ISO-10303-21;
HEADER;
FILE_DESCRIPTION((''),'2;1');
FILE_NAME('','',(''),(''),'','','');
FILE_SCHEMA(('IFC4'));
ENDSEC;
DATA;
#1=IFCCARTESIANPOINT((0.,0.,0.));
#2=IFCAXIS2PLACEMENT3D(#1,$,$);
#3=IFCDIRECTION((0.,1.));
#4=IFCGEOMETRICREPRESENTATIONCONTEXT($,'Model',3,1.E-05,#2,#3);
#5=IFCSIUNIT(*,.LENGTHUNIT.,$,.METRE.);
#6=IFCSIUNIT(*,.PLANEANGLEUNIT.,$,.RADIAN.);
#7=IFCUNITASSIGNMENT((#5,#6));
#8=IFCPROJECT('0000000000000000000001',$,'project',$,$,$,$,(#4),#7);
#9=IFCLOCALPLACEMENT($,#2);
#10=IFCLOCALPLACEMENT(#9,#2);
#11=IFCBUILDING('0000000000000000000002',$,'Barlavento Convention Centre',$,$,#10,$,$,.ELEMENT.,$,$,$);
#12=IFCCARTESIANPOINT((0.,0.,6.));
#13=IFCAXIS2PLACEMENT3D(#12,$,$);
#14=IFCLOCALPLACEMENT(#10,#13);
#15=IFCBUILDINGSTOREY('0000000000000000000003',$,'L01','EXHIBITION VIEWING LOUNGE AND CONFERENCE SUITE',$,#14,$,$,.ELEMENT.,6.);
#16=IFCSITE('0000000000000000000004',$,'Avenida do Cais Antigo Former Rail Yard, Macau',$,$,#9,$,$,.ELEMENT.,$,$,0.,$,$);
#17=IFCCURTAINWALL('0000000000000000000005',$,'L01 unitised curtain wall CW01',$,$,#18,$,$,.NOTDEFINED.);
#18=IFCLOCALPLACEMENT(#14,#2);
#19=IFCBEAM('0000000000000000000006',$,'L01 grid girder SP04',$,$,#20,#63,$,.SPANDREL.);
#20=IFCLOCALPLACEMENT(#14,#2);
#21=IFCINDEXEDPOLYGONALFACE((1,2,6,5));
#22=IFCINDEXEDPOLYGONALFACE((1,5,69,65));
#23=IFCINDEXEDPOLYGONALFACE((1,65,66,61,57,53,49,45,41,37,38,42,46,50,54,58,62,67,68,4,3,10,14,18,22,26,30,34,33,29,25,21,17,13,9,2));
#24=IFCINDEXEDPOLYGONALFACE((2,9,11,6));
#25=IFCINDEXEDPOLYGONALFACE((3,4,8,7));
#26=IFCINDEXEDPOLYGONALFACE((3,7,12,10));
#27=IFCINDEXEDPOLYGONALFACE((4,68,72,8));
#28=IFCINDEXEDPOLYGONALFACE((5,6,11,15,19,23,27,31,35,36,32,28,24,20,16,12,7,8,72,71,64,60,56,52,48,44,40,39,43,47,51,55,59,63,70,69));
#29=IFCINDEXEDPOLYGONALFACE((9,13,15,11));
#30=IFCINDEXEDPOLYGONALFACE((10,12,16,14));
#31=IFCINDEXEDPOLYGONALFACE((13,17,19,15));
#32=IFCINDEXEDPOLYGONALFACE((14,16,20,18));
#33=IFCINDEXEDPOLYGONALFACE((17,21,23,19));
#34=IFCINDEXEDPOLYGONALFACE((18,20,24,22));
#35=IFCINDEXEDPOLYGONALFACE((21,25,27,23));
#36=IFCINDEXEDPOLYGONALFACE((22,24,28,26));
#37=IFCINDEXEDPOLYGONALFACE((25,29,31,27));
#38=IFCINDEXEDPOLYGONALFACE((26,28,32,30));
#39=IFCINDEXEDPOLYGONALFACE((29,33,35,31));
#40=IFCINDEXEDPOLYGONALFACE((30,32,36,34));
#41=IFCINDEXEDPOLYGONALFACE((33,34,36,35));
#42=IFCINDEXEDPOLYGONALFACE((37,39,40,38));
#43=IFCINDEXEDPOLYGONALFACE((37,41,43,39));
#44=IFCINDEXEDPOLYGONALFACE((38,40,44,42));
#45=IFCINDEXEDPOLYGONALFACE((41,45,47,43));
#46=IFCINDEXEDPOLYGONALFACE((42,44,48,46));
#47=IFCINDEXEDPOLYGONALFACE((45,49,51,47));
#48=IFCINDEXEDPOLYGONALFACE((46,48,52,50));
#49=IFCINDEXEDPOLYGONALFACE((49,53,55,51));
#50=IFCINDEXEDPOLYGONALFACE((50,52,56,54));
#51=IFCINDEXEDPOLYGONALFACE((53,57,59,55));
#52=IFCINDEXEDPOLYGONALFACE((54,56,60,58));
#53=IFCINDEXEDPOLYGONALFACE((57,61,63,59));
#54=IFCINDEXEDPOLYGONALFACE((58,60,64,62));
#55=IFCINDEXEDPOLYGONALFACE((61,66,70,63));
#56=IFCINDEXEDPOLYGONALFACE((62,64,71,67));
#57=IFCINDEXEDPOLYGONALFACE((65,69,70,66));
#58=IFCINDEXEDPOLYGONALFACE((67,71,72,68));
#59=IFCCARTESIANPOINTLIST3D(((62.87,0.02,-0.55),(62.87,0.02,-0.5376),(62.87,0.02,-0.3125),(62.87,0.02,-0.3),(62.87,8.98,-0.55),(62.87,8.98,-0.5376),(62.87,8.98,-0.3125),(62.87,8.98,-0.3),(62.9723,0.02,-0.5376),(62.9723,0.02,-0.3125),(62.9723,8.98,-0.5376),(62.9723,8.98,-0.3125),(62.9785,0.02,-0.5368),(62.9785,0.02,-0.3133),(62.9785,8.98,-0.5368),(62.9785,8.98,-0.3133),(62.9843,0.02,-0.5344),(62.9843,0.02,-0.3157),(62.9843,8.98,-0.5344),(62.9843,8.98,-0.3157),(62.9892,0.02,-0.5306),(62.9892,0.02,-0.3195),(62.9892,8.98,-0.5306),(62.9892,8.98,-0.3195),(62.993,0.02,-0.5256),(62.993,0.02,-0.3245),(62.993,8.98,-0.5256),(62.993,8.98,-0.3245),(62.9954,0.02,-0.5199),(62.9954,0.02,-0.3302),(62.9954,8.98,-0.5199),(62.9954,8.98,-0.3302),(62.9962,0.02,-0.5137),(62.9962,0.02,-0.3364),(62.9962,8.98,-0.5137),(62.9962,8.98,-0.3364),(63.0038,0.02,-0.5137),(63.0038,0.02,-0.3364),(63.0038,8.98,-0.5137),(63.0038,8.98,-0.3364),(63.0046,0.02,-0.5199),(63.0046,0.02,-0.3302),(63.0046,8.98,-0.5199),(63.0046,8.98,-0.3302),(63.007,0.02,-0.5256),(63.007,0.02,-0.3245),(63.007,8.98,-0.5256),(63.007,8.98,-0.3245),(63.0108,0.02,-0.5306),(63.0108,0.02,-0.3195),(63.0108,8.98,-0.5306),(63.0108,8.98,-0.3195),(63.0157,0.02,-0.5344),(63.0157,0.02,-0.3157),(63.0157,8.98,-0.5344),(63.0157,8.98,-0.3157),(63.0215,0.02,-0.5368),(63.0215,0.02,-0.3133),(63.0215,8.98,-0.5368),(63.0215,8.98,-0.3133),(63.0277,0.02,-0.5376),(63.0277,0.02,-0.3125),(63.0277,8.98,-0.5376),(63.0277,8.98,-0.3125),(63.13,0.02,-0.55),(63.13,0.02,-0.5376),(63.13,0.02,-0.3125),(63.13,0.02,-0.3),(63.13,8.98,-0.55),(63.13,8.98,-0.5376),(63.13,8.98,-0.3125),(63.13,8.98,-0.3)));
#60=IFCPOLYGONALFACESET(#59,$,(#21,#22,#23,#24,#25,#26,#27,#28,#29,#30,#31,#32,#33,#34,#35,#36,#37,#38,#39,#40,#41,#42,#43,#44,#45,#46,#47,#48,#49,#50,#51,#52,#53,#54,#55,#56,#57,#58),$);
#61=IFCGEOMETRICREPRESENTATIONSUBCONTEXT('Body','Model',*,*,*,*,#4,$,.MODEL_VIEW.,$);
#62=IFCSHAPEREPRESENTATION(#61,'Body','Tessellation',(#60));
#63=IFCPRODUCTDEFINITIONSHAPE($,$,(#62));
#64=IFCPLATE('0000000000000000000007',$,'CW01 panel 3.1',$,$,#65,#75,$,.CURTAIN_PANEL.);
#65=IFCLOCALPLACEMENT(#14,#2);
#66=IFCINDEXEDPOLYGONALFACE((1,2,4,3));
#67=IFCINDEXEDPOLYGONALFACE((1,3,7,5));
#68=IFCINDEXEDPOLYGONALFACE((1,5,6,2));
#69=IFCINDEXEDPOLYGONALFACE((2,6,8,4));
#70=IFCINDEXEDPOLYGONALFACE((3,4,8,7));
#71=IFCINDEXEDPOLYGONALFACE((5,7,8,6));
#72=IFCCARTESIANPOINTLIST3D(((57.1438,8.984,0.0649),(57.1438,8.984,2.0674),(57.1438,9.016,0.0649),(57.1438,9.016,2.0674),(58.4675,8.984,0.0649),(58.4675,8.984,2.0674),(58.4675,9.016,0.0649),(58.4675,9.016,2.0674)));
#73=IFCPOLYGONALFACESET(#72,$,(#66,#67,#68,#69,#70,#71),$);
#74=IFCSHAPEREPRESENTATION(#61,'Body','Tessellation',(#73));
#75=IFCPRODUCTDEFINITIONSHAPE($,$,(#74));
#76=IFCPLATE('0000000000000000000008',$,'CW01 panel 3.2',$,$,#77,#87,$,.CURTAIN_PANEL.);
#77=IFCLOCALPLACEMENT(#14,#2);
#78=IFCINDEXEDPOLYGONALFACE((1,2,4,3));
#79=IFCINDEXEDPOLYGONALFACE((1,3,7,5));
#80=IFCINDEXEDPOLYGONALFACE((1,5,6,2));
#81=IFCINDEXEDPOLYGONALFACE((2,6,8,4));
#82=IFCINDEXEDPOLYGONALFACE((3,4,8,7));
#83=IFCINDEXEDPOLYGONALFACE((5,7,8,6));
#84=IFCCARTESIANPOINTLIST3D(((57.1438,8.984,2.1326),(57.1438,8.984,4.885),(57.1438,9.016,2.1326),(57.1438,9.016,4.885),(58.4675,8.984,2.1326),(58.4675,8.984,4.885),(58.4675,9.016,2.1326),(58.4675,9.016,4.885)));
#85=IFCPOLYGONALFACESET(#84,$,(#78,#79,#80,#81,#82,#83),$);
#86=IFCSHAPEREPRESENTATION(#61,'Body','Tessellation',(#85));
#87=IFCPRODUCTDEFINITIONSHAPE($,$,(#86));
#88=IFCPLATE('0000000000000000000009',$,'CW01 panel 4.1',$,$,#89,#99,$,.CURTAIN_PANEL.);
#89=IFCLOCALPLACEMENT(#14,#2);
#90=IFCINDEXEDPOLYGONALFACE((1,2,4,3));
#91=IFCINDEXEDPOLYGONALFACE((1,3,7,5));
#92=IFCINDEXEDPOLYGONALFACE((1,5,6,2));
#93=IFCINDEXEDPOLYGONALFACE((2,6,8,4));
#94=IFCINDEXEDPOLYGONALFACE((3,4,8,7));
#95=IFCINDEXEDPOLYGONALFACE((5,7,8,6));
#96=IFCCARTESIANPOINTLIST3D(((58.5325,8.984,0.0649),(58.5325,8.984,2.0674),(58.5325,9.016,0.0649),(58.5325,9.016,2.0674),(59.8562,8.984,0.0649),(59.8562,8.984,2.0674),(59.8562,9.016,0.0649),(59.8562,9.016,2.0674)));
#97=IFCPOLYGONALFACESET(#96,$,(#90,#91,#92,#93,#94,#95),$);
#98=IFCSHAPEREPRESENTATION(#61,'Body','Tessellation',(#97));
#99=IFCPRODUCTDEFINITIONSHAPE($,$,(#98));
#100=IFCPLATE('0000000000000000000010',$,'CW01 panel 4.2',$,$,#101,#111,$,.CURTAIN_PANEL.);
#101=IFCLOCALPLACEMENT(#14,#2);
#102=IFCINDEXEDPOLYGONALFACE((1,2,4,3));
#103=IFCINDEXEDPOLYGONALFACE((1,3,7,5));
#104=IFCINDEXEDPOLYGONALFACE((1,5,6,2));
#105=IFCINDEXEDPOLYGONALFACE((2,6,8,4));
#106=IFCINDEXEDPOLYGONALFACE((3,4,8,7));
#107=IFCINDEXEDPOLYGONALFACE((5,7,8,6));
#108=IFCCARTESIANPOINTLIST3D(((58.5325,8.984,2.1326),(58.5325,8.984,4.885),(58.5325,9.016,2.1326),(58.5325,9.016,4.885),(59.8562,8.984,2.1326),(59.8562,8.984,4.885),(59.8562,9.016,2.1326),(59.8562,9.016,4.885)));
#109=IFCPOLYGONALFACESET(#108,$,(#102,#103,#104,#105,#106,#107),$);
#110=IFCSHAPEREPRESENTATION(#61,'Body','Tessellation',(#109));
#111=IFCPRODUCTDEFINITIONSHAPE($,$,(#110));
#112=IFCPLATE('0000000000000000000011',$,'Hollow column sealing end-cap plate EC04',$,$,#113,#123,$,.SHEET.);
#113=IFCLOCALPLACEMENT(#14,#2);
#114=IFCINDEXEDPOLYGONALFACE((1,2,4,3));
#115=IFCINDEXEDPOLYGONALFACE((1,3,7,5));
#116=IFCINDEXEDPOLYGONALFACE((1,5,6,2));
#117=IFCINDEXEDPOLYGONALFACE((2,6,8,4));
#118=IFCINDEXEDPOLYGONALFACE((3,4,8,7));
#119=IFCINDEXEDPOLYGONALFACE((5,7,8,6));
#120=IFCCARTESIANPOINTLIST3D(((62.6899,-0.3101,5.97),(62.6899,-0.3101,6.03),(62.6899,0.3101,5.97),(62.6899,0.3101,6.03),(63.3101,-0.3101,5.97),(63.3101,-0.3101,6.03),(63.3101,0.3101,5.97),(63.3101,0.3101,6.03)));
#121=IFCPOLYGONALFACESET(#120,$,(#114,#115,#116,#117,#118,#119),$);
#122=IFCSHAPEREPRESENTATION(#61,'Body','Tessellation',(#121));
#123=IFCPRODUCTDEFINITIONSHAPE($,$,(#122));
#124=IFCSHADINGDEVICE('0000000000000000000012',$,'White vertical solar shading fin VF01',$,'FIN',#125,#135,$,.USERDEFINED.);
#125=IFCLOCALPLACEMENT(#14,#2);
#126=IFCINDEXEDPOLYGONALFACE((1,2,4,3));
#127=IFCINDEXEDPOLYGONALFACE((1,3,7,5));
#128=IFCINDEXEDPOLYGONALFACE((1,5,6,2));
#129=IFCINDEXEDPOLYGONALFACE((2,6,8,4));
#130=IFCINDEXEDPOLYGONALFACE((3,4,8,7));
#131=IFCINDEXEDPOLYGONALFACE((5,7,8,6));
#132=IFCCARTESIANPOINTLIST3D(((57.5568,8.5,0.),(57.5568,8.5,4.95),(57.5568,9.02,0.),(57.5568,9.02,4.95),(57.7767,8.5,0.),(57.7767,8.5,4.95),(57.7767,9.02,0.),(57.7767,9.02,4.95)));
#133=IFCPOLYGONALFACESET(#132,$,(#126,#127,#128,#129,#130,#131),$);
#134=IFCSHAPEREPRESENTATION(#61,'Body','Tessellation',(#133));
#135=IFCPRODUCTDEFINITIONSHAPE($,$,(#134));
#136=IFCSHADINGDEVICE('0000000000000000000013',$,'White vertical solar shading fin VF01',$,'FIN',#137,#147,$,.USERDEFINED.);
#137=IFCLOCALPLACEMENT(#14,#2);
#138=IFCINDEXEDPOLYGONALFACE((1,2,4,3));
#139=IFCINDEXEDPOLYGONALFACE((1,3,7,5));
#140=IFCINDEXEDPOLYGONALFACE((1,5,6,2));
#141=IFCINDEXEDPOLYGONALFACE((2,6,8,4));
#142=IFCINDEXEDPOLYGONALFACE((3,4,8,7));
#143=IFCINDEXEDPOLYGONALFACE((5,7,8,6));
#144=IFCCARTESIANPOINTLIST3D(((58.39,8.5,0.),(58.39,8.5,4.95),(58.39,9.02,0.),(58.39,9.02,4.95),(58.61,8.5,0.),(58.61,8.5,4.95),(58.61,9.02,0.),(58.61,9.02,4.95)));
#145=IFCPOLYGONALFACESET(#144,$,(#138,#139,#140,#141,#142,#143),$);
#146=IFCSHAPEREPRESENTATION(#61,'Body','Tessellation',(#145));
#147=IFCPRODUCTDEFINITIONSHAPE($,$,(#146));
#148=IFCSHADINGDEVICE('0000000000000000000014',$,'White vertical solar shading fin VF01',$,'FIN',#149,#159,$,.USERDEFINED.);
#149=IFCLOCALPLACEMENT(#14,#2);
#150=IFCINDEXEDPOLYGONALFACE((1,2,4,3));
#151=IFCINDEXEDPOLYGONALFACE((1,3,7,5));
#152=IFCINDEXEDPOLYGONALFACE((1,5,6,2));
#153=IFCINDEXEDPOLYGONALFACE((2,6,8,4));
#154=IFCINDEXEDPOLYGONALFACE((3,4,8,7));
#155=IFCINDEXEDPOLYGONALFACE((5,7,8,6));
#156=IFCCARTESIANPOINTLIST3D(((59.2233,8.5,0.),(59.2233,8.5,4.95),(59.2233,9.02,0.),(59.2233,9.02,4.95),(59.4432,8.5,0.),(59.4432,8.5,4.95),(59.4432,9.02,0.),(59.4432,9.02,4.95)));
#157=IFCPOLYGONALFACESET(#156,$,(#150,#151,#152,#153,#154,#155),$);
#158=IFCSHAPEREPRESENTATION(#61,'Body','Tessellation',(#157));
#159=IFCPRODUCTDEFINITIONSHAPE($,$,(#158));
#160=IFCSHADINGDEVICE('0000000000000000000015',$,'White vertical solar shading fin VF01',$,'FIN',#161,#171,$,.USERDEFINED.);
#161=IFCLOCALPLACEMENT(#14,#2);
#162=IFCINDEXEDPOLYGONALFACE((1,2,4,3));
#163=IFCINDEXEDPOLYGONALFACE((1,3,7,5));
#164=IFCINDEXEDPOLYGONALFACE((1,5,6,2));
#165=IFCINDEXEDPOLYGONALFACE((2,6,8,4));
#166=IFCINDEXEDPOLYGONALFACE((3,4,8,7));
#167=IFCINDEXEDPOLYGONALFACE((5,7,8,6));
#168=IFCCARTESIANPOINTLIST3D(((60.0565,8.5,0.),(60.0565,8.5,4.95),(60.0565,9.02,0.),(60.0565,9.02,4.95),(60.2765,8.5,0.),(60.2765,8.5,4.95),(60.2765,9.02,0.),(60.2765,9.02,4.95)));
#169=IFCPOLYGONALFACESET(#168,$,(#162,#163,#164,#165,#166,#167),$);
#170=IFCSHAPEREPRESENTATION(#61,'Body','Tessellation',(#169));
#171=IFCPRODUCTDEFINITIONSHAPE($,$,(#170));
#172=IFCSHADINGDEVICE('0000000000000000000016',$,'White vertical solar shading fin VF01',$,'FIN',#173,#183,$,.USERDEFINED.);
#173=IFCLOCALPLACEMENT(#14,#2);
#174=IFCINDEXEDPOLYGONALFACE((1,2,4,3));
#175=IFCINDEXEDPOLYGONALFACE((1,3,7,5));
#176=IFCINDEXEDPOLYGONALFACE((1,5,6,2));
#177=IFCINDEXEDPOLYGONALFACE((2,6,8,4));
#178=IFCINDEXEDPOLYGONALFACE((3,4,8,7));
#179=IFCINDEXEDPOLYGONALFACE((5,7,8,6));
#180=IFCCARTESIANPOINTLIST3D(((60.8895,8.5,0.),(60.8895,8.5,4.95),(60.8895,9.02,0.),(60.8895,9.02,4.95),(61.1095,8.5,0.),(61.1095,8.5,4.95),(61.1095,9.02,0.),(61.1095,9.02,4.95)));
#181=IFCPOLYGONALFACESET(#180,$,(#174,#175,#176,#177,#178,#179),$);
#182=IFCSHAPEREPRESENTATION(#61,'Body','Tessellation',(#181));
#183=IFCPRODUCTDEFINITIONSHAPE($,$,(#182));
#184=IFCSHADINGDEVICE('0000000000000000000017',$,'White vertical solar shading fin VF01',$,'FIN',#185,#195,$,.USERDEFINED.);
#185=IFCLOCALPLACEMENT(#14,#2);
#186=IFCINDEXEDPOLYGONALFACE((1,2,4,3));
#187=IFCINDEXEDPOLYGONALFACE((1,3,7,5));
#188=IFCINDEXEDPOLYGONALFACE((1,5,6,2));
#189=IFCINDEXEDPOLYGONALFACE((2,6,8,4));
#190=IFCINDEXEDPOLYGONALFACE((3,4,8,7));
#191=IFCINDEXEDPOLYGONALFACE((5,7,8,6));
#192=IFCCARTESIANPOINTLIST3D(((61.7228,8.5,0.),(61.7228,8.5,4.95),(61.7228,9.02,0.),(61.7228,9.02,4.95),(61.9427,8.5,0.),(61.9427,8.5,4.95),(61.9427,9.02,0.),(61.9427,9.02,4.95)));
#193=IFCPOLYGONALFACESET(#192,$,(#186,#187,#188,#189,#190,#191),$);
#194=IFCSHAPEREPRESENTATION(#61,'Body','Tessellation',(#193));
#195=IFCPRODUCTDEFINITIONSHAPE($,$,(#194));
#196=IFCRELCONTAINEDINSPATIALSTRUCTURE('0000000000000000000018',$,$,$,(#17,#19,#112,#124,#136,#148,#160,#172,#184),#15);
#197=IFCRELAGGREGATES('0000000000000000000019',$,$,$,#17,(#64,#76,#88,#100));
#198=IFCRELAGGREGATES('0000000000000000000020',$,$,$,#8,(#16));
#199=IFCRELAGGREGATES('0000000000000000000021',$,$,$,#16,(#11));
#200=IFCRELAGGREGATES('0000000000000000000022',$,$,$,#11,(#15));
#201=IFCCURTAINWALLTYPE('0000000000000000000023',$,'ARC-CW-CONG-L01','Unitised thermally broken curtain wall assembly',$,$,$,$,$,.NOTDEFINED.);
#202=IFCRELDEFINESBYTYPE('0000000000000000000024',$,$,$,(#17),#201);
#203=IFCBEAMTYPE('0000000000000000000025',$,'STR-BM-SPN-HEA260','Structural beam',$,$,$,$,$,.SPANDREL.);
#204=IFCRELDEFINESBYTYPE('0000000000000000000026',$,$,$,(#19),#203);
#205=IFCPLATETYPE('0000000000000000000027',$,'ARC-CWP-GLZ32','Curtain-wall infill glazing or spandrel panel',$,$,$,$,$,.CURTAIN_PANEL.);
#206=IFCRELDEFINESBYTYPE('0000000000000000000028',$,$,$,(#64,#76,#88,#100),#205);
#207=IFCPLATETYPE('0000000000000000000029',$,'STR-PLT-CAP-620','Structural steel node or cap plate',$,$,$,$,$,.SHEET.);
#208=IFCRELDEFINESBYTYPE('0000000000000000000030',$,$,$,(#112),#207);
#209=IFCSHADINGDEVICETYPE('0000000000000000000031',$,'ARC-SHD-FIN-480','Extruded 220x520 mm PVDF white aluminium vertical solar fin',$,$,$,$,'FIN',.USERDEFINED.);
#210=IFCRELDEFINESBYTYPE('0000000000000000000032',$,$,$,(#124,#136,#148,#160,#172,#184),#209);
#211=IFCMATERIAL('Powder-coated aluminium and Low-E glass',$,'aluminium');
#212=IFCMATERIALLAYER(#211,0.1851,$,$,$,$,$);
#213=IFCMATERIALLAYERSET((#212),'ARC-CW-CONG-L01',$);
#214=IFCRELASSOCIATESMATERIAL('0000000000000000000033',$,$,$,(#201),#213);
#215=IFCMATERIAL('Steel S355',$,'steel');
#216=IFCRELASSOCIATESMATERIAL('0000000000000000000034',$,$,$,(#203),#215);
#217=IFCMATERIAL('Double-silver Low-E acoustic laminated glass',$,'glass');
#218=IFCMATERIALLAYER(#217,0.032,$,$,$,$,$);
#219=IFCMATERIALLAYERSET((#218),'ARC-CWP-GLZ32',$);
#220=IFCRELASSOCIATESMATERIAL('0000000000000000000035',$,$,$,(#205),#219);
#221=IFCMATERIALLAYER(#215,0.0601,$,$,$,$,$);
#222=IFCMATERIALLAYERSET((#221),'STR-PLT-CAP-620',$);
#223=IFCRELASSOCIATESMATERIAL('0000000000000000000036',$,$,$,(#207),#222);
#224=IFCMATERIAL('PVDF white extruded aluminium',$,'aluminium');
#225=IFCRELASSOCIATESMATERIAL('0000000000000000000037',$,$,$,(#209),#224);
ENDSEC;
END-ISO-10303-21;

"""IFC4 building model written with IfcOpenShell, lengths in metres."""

from ifc_helpers import new_model, si_unit, direction, frame, origin, origin_2d, place, context, subcontext, project, spatial, rectangle, i_section, extrude, material, layer, layer_set, material_profile, profile_set, type_object, element, aggregate, save


model = new_model("IFC4")

# Units and contexts
model_context = context("Model", 3, precision=1e-05, world=origin(), true_north=direction((0.0, 1.0)))
body_context = subcontext(model_context, "Body", "Model", "MODEL_VIEW")
ifc_project = project(units=[si_unit("LENGTHUNIT", "METRE"), si_unit("PLANEANGLEUNIT", "RADIAN")], contexts=[model_context])

# Site, building, storey
site_placement = place(None, origin())
site = spatial("IfcSite", under=ifc_project, at=site_placement, Name="Avenida do Cais Antigo Former Rail Yard, Macau", CompositionType="ELEMENT", RefElevation=0.0)
building_placement = place(site_placement, origin())
building = spatial("IfcBuilding", under=site, at=building_placement, Name="Barlavento Convention Centre", CompositionType="ELEMENT")
storey_placement = place(building_placement, frame((0.0, 0.0, 6.0)))
storey = spatial("IfcBuildingStorey", under=building, at=storey_placement, Name="L01", Description="EXHIBITION VIEWING LOUNGE AND CONFERENCE SUITE", CompositionType="ELEMENT", Elevation=6.0)

# Curtain wall
ifc_material_1 = material(Name="Powder-coated aluminium and Low-E glass", Category="aluminium")
ifc_layer_1 = layer(ifc_material_1, 0.1851)
ifc_layer_set_1 = layer_set([ifc_layer_1], Name="ARC-CW-CONG-L01")
curtain_wall_type = type_object("IfcCurtainWallType", Name="ARC-CW-CONG-L01", Description="Unitised thermally broken curtain wall assembly", PredefinedType="NOTDEFINED", material=ifc_layer_set_1)
curtain_wall_placement = place(storey_placement, origin())
curtain_wall = element("IfcCurtainWall", 1, at=curtain_wall_placement, inside=storey, type_object=curtain_wall_type, Name="L01 unitised curtain wall CW01", PredefinedType="NOTDEFINED")

# Beam
ifc_material_2 = material(Name="Steel S355", Category="steel")
ifc_material_profile_1 = material_profile(ifc_material_2, i_section(OverallWidth=0.26, OverallDepth=0.25, WebThickness=0.0076, FlangeThickness=0.0125, FilletRadius=0.0239, at=origin_2d()), Name="HEA 260")
ifc_profile_set_1 = profile_set([ifc_material_profile_1], Name="Steel S355")
beam_type = type_object("IfcBeamType", Name="STR-BM-SPN-HEA260", Description="Structural beam", PredefinedType="SPANDREL", material=ifc_profile_set_1)
beam_placement = place(storey_placement, frame((63.0, 0.02, -0.425), z_axis=(0.0, 1.0, 0.0), x_axis=(-1.0, 0.0, 0.0)))
element("IfcBeam", 2, at=beam_placement, inside=storey, type_object=beam_type, Name="L01 grid girder SP04", PredefinedType="SPANDREL", context=body_context, shape_type="SweptSolid", body=[
    extrude(i_section(OverallWidth=0.26, OverallDepth=0.25, WebThickness=0.0076, FlangeThickness=0.0125, FilletRadius=0.0239, at=origin_2d()), origin(), (0.0, 0.0, 1.0), 8.96),
])

# Plates
ifc_material_3 = material(Name="Double-silver Low-E acoustic laminated glass", Category="glass")
ifc_layer_2 = layer(ifc_material_3, 0.032)
ifc_layer_set_2 = layer_set([ifc_layer_2], Name="ARC-CWP-GLZ32")
plate_type_1 = type_object("IfcPlateType", Name="ARC-CWP-GLZ32", Description="Curtain-wall infill glazing or spandrel panel", PredefinedType="CURTAIN_PANEL", material=ifc_layer_set_2)
plate_1_placement = place(storey_placement, frame((57.8057, 9.0, 0.0649), z_axis=(0.0, 0.0, 1.0), x_axis=(1.0, 0.0, 0.0)))
plate_1 = element("IfcPlate", 3, at=plate_1_placement, type_object=plate_type_1, Name="CW01 panel 3.1", PredefinedType="CURTAIN_PANEL", context=body_context, shape_type="SweptSolid", body=[
    extrude(rectangle(XDim=1.3237, YDim=0.032, at=origin_2d()), origin(), (0.0, 0.0, 1.0), 2.0024),
])
plate_2_placement = place(storey_placement, frame((57.8057, 9.0, 2.1326), z_axis=(0.0, 0.0, 1.0), x_axis=(1.0, 0.0, 0.0)))
plate_2 = element("IfcPlate", 4, at=plate_2_placement, type_object=plate_type_1, Name="CW01 panel 3.2", PredefinedType="CURTAIN_PANEL", context=body_context, shape_type="SweptSolid", body=[
    extrude(rectangle(XDim=1.3237, YDim=0.032, at=origin_2d()), origin(), (0.0, 0.0, 1.0), 2.7524),
])
plate_3_placement = place(storey_placement, frame((59.1943, 9.0, 0.0649), z_axis=(0.0, 0.0, 1.0), x_axis=(1.0, 0.0, 0.0)))
plate_3 = element("IfcPlate", 5, at=plate_3_placement, type_object=plate_type_1, Name="CW01 panel 4.1", PredefinedType="CURTAIN_PANEL", context=body_context, shape_type="SweptSolid", body=[
    extrude(rectangle(XDim=1.3237, YDim=0.032, at=origin_2d()), origin(), (0.0, 0.0, 1.0), 2.0024),
])
plate_4_placement = place(storey_placement, frame((59.1943, 9.0, 2.1326), z_axis=(0.0, 0.0, 1.0), x_axis=(1.0, 0.0, 0.0)))
plate_4 = element("IfcPlate", 6, at=plate_4_placement, type_object=plate_type_1, Name="CW01 panel 4.2", PredefinedType="CURTAIN_PANEL", context=body_context, shape_type="SweptSolid", body=[
    extrude(rectangle(XDim=1.3237, YDim=0.032, at=origin_2d()), origin(), (0.0, 0.0, 1.0), 2.7524),
])
aggregate(curtain_wall, [plate_1, plate_2, plate_3, plate_4])
ifc_layer_3 = layer(ifc_material_2, 0.0601)
ifc_layer_set_3 = layer_set([ifc_layer_3], Name="STR-PLT-CAP-620")
plate_type_2 = type_object("IfcPlateType", Name="STR-PLT-CAP-620", Description="Structural steel node or cap plate", PredefinedType="SHEET", material=ifc_layer_set_3)
plate_5_placement = place(storey_placement, frame((63.0, 0.0, 5.97), z_axis=(0.0, 0.0, 1.0), x_axis=(1.0, 0.0, 0.0)))
element("IfcPlate", 7, at=plate_5_placement, inside=storey, type_object=plate_type_2, Name="Hollow column sealing end-cap plate EC04", PredefinedType="SHEET", context=body_context, shape_type="SweptSolid", body=[
    extrude(rectangle(XDim=0.6201, YDim=0.6201, at=origin_2d()), origin(), (0.0, 0.0, 1.0), 0.0601),
])

# Shading devices
ifc_material_4 = material(Name="PVDF white extruded aluminium", Category="aluminium")
shading_device_type = type_object("IfcShadingDeviceType", Name="ARC-SHD-FIN-480", Description="Extruded 220x520 mm PVDF white aluminium vertical solar fin", ElementType="FIN", PredefinedType="USERDEFINED", material=ifc_material_4)
for number, where, z_axis, x_axis, name in (
    (8, (57.6667, 8.76, 0.0), (0.0, 0.0, 1.0), (1.0, 0.0, 0.0), "White vertical solar shading fin VF01"),
    (9, (58.5, 8.76, 0.0), (0.0, 0.0, 1.0), (1.0, 0.0, 0.0), "White vertical solar shading fin VF01"),
    (10, (59.3333, 8.76, 0.0), (0.0, 0.0, 1.0), (1.0, 0.0, 0.0), "White vertical solar shading fin VF01"),
    (11, (60.1665, 8.76, 0.0), (0.0, 0.0, 1.0), (1.0, 0.0, 0.0), "White vertical solar shading fin VF01"),
    (12, (60.9995, 8.76, 0.0), (0.0, 0.0, 1.0), (1.0, 0.0, 0.0), "White vertical solar shading fin VF01"),
    (13, (61.8328, 8.76, 0.0), (0.0, 0.0, 1.0), (1.0, 0.0, 0.0), "White vertical solar shading fin VF01"),
):
    element("IfcShadingDevice", number, at=place(storey_placement, frame(where, z_axis=z_axis, x_axis=x_axis)), inside=storey, type_object=shading_device_type, Name=name, ObjectType="FIN", PredefinedType="USERDEFINED", context=body_context, shape_type="SweptSolid", body=[
        extrude(rectangle(XDim=0.22, YDim=0.52, at=origin_2d()), origin(), (0.0, 0.0, 1.0), 4.95),
    ])

save(model, "model.ifc")
